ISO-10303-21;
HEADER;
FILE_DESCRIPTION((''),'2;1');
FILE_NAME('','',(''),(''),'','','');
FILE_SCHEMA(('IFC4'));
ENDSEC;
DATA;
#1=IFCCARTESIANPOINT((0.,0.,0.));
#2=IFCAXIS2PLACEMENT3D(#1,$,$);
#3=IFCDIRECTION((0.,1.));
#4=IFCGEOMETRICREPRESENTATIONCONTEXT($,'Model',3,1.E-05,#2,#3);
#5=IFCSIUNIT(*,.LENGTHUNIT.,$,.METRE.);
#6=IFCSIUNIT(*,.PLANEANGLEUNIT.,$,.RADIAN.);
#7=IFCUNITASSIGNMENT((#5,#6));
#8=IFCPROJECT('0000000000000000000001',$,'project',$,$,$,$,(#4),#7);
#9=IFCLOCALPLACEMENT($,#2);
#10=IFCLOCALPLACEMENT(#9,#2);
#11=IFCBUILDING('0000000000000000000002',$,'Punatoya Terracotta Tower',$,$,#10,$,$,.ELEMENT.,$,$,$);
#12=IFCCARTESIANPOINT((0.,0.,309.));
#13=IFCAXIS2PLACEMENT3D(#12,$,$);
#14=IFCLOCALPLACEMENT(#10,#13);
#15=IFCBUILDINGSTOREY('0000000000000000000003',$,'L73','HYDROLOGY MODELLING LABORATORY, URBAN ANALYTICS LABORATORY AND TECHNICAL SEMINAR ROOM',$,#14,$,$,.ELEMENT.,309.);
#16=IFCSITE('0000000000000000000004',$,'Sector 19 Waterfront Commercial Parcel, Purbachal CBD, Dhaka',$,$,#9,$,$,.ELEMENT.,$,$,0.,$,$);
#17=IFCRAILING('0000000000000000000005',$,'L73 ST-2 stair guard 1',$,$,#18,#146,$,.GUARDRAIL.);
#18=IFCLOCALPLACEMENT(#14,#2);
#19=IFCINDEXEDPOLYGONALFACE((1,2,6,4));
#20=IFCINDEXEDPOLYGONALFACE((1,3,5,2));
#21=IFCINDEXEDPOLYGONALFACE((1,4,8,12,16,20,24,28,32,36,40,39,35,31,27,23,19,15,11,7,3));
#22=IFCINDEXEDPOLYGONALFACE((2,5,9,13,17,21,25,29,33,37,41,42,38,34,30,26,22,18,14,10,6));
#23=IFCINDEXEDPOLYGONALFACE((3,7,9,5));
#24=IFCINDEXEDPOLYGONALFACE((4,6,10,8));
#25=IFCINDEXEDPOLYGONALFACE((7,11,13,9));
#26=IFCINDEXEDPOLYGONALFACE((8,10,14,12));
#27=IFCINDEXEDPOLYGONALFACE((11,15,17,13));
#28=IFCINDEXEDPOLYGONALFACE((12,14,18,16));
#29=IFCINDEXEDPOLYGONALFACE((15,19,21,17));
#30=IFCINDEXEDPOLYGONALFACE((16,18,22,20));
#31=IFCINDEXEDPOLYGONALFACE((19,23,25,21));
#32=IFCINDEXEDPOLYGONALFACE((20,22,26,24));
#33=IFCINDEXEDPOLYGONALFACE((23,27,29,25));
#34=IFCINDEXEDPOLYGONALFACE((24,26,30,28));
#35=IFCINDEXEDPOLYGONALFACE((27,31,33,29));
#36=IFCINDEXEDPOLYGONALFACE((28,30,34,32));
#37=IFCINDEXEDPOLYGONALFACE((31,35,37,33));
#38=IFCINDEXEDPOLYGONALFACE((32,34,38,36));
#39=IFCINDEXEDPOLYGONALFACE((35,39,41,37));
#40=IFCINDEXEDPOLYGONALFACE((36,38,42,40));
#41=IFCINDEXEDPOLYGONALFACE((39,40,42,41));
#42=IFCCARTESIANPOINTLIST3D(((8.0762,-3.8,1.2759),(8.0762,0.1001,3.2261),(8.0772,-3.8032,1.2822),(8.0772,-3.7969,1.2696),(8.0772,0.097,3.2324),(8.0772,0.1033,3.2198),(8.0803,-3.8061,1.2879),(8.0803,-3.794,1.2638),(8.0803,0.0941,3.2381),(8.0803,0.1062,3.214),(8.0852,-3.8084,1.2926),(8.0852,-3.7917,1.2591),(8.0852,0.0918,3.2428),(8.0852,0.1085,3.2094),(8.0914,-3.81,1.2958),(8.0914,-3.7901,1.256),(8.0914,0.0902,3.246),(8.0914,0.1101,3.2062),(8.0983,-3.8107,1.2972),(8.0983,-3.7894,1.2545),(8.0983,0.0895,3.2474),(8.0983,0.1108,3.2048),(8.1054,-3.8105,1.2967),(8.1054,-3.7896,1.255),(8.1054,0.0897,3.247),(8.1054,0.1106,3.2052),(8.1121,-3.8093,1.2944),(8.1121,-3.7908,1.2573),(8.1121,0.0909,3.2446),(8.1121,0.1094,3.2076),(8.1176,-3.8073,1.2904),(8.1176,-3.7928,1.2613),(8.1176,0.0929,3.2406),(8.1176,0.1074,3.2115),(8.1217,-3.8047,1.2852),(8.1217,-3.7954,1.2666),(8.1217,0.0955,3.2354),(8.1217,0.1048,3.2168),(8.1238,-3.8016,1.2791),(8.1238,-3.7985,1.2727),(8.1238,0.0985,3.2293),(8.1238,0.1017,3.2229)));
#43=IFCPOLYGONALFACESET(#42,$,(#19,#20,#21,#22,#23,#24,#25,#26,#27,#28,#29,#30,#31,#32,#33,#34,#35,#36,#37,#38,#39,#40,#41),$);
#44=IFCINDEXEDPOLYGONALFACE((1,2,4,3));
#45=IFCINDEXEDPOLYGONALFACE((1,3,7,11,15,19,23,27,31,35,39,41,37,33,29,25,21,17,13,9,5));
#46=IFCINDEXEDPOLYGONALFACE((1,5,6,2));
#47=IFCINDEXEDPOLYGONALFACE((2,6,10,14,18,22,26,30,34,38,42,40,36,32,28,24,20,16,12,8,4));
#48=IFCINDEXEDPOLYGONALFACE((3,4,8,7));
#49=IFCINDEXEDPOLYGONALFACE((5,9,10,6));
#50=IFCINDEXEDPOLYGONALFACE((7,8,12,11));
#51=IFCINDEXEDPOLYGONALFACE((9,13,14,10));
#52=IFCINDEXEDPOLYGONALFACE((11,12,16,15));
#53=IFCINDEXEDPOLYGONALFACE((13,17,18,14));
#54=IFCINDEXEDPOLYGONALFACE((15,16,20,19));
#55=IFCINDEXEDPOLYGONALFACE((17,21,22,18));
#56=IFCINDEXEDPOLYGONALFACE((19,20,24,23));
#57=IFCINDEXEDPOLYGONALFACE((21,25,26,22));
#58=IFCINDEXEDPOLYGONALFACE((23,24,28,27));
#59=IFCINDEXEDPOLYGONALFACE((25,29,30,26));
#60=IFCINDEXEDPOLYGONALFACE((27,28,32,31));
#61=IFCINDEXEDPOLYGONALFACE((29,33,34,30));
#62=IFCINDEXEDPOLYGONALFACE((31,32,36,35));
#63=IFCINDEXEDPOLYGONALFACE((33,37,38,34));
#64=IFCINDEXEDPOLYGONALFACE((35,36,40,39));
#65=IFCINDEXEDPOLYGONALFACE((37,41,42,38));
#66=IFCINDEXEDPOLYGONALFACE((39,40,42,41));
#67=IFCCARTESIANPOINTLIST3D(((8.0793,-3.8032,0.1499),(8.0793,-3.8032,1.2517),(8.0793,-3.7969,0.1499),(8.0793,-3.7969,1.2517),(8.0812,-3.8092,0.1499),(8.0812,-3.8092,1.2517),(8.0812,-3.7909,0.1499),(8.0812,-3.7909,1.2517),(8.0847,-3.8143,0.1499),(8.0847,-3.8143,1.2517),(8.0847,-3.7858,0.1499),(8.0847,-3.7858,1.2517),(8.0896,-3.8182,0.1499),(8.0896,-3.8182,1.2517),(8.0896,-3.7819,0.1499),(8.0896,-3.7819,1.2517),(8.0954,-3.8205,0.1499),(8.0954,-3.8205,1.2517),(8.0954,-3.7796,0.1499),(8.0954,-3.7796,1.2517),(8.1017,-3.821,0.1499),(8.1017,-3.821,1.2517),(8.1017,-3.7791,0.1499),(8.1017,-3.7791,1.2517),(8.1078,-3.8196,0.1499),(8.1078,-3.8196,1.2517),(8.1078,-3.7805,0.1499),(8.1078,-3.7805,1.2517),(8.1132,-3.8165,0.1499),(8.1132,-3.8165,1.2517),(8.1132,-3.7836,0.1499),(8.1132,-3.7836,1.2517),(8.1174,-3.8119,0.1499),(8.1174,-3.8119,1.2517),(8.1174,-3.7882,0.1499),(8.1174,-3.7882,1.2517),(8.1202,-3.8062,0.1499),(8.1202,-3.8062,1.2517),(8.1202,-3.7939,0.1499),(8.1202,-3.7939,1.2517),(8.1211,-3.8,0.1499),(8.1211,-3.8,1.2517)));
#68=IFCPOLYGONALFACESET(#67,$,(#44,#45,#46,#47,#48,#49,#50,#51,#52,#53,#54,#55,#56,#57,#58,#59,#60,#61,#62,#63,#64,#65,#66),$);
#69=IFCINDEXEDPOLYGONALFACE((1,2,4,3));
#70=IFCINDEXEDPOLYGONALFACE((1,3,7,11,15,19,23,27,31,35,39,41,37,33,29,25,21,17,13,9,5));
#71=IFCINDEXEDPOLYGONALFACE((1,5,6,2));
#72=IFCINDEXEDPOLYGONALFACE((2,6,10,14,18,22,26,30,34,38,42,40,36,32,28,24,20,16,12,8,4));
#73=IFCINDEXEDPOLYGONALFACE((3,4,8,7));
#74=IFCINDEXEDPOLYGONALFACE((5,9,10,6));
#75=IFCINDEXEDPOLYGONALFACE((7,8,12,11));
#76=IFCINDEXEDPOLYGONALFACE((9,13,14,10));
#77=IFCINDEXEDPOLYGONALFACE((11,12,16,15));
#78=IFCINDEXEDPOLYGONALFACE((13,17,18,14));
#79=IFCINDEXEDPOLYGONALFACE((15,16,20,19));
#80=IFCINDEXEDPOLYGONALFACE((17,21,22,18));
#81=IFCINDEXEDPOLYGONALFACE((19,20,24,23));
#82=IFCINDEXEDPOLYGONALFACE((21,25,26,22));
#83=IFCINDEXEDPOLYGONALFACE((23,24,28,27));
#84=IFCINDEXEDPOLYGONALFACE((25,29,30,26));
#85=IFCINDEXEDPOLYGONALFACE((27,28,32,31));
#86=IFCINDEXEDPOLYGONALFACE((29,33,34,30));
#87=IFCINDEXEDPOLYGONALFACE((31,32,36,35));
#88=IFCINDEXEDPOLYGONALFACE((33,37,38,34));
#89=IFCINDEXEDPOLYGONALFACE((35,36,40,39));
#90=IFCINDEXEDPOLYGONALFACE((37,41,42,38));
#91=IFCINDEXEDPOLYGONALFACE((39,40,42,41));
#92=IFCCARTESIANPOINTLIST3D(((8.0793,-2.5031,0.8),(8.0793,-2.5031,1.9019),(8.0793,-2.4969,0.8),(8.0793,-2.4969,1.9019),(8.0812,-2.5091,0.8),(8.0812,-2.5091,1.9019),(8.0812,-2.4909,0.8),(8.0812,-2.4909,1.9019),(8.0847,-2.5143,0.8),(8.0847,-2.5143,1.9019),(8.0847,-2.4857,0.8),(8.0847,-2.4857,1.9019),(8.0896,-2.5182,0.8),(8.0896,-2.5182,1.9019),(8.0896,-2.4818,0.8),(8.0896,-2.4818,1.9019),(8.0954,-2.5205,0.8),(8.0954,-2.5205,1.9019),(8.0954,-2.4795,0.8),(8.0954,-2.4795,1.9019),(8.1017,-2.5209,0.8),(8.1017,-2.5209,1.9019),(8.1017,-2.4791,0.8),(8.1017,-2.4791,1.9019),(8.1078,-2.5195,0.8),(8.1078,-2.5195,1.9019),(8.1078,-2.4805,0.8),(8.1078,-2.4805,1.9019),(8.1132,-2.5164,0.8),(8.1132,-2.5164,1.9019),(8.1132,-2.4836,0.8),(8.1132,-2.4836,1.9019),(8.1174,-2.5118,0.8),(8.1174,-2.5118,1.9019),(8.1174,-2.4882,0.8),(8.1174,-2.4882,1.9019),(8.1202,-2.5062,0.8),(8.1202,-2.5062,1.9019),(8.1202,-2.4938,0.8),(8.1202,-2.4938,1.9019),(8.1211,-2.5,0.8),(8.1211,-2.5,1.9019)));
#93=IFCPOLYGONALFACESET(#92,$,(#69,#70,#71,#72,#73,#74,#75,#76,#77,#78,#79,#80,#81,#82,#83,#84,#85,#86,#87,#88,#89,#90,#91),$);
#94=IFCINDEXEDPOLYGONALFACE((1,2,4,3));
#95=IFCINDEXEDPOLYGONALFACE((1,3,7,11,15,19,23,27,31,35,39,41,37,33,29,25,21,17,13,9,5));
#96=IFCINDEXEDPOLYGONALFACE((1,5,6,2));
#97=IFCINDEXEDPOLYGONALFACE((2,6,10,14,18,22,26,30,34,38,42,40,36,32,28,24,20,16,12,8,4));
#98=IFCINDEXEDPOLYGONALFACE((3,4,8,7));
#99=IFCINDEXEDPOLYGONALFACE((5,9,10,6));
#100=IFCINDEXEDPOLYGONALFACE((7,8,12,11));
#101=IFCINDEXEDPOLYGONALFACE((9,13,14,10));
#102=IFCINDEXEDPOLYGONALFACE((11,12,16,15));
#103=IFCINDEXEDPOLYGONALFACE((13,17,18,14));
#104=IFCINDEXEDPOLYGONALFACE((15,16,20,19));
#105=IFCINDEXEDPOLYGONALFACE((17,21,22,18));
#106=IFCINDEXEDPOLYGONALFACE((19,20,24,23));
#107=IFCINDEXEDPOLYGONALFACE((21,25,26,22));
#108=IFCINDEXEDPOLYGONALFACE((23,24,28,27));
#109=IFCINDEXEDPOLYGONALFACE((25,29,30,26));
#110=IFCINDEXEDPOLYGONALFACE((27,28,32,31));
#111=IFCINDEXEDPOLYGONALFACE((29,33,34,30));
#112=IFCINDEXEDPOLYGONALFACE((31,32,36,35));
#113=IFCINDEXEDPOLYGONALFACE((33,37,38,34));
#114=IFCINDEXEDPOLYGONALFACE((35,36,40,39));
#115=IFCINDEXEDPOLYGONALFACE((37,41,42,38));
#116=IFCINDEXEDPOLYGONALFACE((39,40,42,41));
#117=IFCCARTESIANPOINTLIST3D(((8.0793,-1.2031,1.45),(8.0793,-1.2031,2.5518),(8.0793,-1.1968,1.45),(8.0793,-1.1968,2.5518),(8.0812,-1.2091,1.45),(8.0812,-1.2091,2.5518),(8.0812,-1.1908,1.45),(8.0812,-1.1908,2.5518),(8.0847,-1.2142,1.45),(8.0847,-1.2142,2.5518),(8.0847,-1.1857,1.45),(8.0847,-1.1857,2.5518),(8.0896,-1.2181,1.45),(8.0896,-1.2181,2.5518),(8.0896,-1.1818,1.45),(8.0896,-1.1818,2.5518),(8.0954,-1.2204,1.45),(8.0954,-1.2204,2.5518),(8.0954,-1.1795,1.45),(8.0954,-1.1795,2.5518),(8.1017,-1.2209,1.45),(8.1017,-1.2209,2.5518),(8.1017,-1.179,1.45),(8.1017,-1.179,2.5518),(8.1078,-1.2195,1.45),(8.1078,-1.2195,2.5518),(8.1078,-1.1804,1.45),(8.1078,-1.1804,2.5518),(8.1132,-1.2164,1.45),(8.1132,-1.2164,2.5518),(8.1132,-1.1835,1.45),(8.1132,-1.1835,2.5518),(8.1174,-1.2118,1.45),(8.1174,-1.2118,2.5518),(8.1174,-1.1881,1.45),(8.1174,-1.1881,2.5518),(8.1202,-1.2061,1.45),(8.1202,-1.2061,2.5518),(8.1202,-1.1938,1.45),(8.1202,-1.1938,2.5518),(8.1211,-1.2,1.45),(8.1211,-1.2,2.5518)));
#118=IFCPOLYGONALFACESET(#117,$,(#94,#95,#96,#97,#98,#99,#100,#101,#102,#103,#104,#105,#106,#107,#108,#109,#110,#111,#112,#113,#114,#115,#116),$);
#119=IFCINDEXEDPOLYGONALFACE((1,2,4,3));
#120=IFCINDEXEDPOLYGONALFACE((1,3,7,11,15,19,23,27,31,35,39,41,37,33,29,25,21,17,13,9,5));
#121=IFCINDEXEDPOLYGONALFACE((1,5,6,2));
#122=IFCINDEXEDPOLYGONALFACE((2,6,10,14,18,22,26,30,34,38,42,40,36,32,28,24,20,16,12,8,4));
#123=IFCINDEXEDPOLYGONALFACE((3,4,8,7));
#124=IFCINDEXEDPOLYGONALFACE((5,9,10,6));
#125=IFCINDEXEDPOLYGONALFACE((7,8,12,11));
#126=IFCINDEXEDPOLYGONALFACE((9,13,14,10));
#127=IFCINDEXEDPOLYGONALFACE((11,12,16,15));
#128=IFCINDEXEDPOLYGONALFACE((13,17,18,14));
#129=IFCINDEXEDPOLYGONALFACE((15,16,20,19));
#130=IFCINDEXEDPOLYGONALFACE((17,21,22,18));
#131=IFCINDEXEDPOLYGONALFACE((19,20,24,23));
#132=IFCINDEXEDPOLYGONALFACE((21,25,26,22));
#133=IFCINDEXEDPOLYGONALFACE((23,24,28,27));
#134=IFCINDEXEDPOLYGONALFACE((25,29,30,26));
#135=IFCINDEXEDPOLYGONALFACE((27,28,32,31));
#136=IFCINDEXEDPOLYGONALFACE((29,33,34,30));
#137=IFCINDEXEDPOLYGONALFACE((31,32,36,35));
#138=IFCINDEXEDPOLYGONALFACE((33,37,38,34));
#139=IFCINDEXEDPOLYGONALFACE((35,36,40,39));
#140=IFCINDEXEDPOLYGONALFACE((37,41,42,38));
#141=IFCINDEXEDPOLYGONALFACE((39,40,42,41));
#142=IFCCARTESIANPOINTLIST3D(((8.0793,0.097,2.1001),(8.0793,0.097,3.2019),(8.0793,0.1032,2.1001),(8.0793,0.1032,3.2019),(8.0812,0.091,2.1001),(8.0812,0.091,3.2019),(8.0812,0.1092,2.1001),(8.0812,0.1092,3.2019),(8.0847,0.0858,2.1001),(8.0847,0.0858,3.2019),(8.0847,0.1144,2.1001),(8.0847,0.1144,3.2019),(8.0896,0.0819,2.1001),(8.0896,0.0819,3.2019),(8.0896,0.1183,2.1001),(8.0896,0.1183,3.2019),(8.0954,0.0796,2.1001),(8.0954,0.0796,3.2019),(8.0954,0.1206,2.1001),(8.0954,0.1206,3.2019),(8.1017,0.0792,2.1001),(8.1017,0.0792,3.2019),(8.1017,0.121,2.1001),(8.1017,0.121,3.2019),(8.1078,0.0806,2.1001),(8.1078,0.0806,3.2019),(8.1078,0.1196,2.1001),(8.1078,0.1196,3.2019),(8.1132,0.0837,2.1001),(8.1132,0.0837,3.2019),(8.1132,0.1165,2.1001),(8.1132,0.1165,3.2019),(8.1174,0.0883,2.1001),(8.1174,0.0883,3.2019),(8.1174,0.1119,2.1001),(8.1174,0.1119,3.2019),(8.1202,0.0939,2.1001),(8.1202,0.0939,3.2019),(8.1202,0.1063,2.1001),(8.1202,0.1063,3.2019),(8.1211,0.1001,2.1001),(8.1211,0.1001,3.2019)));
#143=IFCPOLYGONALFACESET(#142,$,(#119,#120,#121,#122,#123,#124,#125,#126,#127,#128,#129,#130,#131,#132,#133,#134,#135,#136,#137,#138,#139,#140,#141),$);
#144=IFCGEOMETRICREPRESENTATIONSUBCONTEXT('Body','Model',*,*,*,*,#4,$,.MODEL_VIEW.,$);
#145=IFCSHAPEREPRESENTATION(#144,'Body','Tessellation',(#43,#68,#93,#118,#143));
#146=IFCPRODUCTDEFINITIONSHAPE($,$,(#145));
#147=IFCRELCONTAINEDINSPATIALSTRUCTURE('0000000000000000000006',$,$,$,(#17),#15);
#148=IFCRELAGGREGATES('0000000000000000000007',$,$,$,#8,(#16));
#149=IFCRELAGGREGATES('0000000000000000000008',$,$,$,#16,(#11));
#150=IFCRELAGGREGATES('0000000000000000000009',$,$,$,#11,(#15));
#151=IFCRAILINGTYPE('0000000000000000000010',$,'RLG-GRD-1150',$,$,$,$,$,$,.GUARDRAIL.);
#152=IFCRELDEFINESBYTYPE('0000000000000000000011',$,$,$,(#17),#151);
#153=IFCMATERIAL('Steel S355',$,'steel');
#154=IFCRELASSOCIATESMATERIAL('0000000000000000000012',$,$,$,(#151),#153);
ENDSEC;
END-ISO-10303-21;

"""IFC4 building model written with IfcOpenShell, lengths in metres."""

from ifc_helpers import new_model, si_unit, direction, frame, origin, origin_2d, place, context, subcontext, project, spatial, circle, extrude, material, type_object, element, save


model = new_model("IFC4")

# Units and contexts
model_context = context("Model", 3, precision=1e-05, world=origin(), true_north=direction((0.0, 1.0)))
body_context = subcontext(model_context, "Body", "Model", "MODEL_VIEW")
ifc_project = project(units=[si_unit("LENGTHUNIT", "METRE"), si_unit("PLANEANGLEUNIT", "RADIAN")], contexts=[model_context])

# Site, building, storey
site_placement = place(None, origin())
site = spatial("IfcSite", under=ifc_project, at=site_placement, Name="Sector 19 Waterfront Commercial Parcel, Purbachal CBD, Dhaka", CompositionType="ELEMENT", RefElevation=0.0)
building_placement = place(site_placement, origin())
building = spatial("IfcBuilding", under=site, at=building_placement, Name="Punatoya Terracotta Tower", CompositionType="ELEMENT")
storey_placement = place(building_placement, frame((0.0, 0.0, 309.0)))
storey = spatial("IfcBuildingStorey", under=building, at=storey_placement, Name="L73", Description="HYDROLOGY MODELLING LABORATORY, URBAN ANALYTICS LABORATORY AND TECHNICAL SEMINAR ROOM", CompositionType="ELEMENT", Elevation=309.0)

# Shared definitions
ifc_material_1 = material(Name="Steel S355", Category="steel")

# Railing
railing_type_1 = type_object("IfcRailingType", Name="RLG-GRD-1150", PredefinedType="GUARDRAIL", material=ifc_material_1)
railing_1_placement = place(storey_placement, frame((8.1001, -3.8, 0.1499)))
element("IfcRailing", 1, at=railing_1_placement, inside=storey, type_object=railing_type_1, Name="L73 ST-2 stair guard 1", PredefinedType="GUARDRAIL", context=body_context, shape_type="SweptSolid", body=[
    extrude(circle(Radius=0.0239, at=origin_2d()), frame((0.0, 0.0, 1.126), z_axis=(0.0, 0.894416, 0.447236), x_axis=(-1.0, 0.0, 0.0)), (0.0, 0.0, 1.0), 4.3606),
    extrude(circle(Radius=0.021, at=origin_2d()), origin(), (0.0, 0.0, 1.0), 1.1018),
    extrude(circle(Radius=0.021, at=origin_2d()), frame((0.0, 1.3, 0.6501)), (0.0, 0.0, 1.0), 1.1018),
    extrude(circle(Radius=0.021, at=origin_2d()), frame((0.0, 2.6001, 1.3)), (0.0, 0.0, 1.0), 1.1018),
    extrude(circle(Radius=0.021, at=origin_2d()), frame((0.0, 3.9001, 1.9502)), (0.0, 0.0, 1.0), 1.1018),
])

save(model, "model.ifc")
